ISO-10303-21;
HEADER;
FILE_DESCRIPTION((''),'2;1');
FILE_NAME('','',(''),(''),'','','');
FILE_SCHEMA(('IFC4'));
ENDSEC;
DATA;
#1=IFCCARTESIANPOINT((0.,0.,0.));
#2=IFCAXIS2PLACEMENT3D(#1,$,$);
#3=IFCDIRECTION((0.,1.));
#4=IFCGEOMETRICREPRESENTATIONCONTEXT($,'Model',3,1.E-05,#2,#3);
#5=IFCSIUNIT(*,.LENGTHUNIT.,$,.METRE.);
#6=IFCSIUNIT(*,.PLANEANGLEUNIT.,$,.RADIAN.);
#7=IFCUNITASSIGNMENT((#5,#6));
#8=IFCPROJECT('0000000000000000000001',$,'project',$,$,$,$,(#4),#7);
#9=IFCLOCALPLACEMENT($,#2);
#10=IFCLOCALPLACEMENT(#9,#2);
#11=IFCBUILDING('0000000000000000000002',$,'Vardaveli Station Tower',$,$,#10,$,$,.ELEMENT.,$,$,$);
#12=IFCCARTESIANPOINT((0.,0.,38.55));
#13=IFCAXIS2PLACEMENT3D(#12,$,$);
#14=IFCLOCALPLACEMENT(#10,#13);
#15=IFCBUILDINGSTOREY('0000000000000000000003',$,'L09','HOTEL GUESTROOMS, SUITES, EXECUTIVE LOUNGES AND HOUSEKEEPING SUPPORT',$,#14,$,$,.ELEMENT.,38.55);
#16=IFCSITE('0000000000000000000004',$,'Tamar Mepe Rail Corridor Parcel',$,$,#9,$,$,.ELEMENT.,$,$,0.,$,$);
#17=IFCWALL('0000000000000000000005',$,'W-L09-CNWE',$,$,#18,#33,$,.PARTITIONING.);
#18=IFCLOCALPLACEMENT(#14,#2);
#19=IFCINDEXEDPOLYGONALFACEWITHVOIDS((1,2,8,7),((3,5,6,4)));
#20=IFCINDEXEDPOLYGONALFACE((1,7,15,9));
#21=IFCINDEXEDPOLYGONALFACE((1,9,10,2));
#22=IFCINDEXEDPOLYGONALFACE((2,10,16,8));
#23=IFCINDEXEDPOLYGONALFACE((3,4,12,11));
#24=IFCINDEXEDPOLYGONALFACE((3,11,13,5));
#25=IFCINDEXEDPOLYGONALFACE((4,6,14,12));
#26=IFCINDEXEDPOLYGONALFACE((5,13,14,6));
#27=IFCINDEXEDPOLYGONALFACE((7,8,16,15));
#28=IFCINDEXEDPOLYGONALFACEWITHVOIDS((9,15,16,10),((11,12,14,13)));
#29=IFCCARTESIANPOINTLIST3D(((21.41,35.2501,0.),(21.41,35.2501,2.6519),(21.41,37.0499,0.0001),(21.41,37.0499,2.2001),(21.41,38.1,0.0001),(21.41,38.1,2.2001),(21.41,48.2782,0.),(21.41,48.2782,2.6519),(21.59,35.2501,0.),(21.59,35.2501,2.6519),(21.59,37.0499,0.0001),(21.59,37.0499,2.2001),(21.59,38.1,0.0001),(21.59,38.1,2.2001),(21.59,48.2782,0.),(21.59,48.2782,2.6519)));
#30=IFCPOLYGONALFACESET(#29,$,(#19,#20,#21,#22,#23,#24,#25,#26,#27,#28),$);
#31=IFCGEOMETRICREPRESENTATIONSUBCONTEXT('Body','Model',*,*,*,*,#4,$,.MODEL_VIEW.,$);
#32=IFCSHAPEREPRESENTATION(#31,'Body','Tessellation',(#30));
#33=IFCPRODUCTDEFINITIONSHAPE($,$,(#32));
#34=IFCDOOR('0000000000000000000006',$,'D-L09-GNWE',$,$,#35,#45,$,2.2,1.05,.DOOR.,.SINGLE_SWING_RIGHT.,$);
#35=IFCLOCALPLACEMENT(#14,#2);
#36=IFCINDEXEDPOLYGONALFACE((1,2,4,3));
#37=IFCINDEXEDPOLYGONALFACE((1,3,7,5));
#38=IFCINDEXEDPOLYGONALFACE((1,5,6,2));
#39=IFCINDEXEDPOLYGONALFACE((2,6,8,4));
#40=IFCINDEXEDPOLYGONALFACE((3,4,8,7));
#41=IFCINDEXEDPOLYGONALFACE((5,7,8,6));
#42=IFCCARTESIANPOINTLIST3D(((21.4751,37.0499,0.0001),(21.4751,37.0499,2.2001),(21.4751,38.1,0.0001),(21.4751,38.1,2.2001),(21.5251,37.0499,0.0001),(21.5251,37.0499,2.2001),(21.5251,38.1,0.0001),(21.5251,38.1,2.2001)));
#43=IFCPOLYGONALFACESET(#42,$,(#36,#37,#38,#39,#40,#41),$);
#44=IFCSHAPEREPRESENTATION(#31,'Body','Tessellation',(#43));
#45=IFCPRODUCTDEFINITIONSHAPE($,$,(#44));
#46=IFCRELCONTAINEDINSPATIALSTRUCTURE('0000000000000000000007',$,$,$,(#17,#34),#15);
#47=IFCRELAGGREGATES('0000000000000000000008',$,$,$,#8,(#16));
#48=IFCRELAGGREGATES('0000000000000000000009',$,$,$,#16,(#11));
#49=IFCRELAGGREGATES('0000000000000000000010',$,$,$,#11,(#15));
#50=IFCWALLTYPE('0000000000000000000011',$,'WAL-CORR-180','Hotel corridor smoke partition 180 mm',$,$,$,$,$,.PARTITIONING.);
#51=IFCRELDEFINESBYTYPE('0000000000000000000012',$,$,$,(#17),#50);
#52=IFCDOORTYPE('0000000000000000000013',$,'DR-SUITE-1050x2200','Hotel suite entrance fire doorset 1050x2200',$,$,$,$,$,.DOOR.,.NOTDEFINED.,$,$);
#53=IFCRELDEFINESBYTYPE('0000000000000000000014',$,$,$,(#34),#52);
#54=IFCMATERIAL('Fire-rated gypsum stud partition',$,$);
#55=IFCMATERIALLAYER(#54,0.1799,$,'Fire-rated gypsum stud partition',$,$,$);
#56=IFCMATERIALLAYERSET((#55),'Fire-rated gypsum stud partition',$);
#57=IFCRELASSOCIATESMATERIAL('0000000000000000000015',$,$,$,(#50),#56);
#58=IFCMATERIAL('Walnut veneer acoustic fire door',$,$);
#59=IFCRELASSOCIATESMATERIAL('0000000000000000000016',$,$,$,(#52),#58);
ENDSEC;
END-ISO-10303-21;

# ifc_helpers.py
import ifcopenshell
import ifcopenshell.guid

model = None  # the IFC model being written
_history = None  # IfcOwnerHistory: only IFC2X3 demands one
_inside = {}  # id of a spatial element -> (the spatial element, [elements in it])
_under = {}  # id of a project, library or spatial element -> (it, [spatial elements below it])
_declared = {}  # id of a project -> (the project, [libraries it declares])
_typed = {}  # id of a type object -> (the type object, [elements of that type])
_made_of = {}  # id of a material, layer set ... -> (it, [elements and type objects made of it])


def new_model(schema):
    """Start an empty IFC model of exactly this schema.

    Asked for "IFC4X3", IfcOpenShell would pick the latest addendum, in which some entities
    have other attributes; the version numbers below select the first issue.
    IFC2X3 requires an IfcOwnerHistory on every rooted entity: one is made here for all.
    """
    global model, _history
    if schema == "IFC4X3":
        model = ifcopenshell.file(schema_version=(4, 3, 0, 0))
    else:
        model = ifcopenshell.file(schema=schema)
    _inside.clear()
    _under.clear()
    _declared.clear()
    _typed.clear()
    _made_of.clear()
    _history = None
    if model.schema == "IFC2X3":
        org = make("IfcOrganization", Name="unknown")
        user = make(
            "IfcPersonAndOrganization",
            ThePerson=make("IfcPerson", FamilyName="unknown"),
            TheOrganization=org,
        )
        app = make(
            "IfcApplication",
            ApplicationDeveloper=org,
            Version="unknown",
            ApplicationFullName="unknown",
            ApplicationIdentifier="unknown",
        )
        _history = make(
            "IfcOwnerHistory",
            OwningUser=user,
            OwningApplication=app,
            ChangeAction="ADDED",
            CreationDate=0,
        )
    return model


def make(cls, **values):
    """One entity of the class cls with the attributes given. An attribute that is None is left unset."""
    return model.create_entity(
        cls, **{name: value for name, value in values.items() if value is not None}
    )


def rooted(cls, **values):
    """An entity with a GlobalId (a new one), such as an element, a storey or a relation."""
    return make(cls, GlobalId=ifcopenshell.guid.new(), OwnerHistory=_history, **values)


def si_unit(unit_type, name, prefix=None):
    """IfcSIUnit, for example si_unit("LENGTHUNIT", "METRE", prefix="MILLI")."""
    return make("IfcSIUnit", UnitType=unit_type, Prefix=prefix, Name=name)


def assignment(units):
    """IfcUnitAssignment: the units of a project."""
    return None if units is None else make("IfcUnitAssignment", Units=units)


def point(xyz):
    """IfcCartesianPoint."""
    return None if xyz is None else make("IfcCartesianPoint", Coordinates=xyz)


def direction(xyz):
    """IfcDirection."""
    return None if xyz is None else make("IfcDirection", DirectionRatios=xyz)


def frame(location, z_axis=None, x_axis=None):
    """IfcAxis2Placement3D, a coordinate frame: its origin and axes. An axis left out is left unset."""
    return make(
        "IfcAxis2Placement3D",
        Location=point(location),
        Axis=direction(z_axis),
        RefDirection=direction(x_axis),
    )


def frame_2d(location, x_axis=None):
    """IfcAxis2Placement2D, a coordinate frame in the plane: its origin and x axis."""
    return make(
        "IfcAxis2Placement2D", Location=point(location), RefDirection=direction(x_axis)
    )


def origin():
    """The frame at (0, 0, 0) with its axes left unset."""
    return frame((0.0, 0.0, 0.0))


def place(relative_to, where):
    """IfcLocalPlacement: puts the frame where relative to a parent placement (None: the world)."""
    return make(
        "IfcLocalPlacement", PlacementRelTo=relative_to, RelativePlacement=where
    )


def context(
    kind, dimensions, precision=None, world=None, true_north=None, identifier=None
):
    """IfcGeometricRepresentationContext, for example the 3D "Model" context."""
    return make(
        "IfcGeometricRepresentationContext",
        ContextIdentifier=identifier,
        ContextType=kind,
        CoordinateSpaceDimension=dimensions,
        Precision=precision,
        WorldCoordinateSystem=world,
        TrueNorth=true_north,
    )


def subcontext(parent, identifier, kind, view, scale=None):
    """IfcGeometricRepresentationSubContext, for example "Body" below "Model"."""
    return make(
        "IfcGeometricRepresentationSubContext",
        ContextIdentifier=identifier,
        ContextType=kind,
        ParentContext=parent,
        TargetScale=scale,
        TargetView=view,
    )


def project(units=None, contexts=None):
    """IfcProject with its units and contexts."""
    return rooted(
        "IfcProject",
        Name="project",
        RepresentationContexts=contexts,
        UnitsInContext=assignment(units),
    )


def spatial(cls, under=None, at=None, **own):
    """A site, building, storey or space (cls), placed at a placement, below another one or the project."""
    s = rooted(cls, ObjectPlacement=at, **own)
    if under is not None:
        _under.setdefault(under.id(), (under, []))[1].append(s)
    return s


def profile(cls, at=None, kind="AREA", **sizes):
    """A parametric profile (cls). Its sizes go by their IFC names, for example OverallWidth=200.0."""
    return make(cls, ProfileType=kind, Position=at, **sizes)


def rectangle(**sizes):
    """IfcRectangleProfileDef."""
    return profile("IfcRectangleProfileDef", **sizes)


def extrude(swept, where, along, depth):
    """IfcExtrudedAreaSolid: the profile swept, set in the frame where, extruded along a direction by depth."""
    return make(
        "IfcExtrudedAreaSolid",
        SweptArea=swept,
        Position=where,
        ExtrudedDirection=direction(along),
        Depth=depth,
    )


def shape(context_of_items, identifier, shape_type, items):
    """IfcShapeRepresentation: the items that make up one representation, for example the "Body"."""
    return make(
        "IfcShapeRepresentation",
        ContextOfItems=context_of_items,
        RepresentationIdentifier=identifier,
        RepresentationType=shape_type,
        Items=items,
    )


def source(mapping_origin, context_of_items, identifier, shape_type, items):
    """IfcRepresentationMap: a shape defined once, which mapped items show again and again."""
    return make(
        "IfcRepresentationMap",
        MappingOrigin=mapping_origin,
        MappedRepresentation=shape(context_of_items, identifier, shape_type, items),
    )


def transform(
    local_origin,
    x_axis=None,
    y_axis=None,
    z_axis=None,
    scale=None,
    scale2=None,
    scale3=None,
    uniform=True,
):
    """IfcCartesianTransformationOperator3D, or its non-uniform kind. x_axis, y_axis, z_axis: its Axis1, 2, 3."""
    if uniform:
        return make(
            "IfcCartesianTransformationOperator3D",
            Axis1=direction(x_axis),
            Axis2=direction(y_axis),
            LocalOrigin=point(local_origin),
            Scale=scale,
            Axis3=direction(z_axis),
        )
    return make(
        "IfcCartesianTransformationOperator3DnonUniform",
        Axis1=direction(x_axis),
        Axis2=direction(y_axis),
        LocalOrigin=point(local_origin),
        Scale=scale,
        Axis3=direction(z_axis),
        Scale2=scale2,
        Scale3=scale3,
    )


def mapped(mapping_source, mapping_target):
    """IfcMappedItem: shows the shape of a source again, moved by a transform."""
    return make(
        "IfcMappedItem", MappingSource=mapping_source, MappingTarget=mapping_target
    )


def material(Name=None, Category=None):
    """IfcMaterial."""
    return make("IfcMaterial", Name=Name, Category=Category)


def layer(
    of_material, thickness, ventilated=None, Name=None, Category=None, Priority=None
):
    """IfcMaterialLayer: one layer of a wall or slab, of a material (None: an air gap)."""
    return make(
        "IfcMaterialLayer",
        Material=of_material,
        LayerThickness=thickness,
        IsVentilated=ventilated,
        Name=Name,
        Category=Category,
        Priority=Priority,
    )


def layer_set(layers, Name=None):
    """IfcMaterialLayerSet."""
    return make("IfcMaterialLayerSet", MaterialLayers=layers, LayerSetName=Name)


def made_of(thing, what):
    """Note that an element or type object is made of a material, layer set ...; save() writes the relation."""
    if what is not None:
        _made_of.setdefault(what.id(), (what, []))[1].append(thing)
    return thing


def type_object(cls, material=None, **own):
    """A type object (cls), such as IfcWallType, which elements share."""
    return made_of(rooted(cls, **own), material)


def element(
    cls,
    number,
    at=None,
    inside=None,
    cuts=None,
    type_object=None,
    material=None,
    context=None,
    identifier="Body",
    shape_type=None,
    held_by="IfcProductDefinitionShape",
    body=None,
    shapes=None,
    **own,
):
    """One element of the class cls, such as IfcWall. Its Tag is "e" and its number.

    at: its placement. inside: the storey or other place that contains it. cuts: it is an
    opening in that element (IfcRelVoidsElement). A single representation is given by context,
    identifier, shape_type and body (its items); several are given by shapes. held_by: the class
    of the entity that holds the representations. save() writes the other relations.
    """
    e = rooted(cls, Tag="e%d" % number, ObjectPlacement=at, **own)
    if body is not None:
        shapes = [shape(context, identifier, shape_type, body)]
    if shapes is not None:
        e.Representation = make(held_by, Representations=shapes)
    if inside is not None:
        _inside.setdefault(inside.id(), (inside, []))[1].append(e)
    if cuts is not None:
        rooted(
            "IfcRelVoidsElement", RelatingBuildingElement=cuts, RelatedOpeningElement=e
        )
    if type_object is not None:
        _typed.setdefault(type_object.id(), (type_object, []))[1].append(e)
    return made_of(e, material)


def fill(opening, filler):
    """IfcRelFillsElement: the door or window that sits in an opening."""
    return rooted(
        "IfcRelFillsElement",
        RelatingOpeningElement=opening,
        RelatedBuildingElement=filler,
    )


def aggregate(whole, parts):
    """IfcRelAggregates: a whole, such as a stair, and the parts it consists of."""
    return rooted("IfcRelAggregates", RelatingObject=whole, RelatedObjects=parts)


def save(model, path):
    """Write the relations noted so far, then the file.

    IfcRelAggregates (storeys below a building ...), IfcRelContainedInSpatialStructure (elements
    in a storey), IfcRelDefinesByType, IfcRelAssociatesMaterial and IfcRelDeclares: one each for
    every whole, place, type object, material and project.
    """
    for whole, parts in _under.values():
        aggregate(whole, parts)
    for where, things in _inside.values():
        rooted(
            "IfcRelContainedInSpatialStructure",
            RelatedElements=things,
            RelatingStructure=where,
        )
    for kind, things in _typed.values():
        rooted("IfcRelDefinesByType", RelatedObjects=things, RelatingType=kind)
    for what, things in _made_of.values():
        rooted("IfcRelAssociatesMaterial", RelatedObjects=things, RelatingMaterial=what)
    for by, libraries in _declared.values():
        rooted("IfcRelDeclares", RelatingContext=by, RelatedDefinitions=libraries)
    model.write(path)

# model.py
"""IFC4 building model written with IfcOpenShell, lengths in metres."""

from ifc_helpers import new_model, si_unit, direction, frame, frame_2d, origin, place, context, subcontext, project, spatial, rectangle, extrude, source, transform, mapped, material, layer, layer_set, type_object, element, fill, save


model = new_model("IFC4")

# Units and contexts
model_context = context("Model", 3, precision=1e-05, world=origin(), true_north=direction((0.0, 1.0)))
body_context = subcontext(model_context, "Body", "Model", "MODEL_VIEW")
ifc_project = project(units=[si_unit("LENGTHUNIT", "METRE"), si_unit("PLANEANGLEUNIT", "RADIAN")], contexts=[model_context])

# Site, building, storey
site_placement = place(None, origin())
site = spatial("IfcSite", under=ifc_project, at=site_placement, Name="Tamar Mepe Rail Corridor Parcel", CompositionType="ELEMENT", RefElevation=0.0)
building_placement = place(site_placement, origin())
building = spatial("IfcBuilding", under=site, at=building_placement, Name="Vardaveli Station Tower", CompositionType="ELEMENT")
storey_placement = place(building_placement, frame((0.0, 0.0, 38.55)))
storey = spatial("IfcBuildingStorey", under=building, at=storey_placement, Name="L09", Description="HOTEL GUESTROOMS, SUITES, EXECUTIVE LOUNGES AND HOUSEKEEPING SUPPORT", CompositionType="ELEMENT", Elevation=38.55)

# Wall, opening, door
ifc_material_1 = material(Name="Fire-rated gypsum stud partition")
ifc_layer_1 = layer(ifc_material_1, 0.1799, Name="Fire-rated gypsum stud partition")
ifc_layer_set_1 = layer_set([ifc_layer_1], Name="Fire-rated gypsum stud partition")
wall_type_1 = type_object("IfcWallType", Name="WAL-CORR-180", Description="Hotel corridor smoke partition 180 mm", PredefinedType="PARTITIONING", material=ifc_layer_set_1)
shared_shape_1 = source(origin(), body_context, "Body", "SweptSolid", [
    extrude(rectangle(XDim=13.0281, YDim=0.1799, at=frame_2d((6.5142, 0.0))), origin(), (0.0, 0.0, 1.0), 2.6519),
])
wall_1_placement = place(storey_placement, frame((21.5, 35.25, 0.0), z_axis=(0.0, 0.0, 1.0), x_axis=(0.0, 1.0, 0.0)))
wall_1 = element("IfcWall", 1, at=wall_1_placement, inside=storey, type_object=wall_type_1, Name="W-L09-CNWE", PredefinedType="PARTITIONING", context=body_context, shape_type="MappedRepresentation", body=[
    mapped(shared_shape_1, transform((0.0, 0.0, 0.0), scale=1.0)),
])
shared_shape_2 = source(origin(), body_context, "Body", "SweptSolid", [
    extrude(rectangle(XDim=1.05, YDim=2.2, at=frame_2d((0.5249, 1.1001))), frame((0.0, 0.1001, 0.0), z_axis=(0.0, -1.0, 0.0), x_axis=(1.0, 0.0, 0.0)), (0.0, 0.0, 1.0), 0.2),
])
opening_1_placement = place(wall_1_placement, frame((1.8, 0.0, 0.0)))
opening_1 = element("IfcOpeningElement", 2, at=opening_1_placement, cuts=wall_1, PredefinedType="OPENING", context=body_context, shape_type="MappedRepresentation", body=[
    mapped(shared_shape_2, transform((0.0, 0.0, 0.0), scale=1.0)),
])
ifc_material_2 = material(Name="Walnut veneer acoustic fire door")
door_type_1 = type_object("IfcDoorType", Name="DR-SUITE-1050x2200", Description="Hotel suite entrance fire doorset 1050x2200", OperationType="NOTDEFINED", PredefinedType="DOOR", material=ifc_material_2)
shared_shape_3 = source(origin(), body_context, "Body", "SweptSolid", [
    extrude(rectangle(XDim=1.05, YDim=2.2, at=frame_2d((0.5249, 1.1001))), frame((0.0, 0.0249, 0.0), z_axis=(0.0, -1.0, 0.0), x_axis=(1.0, 0.0, 0.0)), (0.0, 0.0, 1.0), 0.05),
])
door_1_placement = place(opening_1_placement, origin())
door_1 = element("IfcDoor", 3, at=door_1_placement, inside=storey, type_object=door_type_1, Name="D-L09-GNWE", OperationType="SINGLE_SWING_RIGHT", OverallHeight=2.2, OverallWidth=1.05, PredefinedType="DOOR", context=body_context, shape_type="MappedRepresentation", body=[
    mapped(shared_shape_3, transform((0.0, 0.0, 0.0), scale=1.0)),
])
fill(opening_1, door_1)

save(model, "model.ifc")
